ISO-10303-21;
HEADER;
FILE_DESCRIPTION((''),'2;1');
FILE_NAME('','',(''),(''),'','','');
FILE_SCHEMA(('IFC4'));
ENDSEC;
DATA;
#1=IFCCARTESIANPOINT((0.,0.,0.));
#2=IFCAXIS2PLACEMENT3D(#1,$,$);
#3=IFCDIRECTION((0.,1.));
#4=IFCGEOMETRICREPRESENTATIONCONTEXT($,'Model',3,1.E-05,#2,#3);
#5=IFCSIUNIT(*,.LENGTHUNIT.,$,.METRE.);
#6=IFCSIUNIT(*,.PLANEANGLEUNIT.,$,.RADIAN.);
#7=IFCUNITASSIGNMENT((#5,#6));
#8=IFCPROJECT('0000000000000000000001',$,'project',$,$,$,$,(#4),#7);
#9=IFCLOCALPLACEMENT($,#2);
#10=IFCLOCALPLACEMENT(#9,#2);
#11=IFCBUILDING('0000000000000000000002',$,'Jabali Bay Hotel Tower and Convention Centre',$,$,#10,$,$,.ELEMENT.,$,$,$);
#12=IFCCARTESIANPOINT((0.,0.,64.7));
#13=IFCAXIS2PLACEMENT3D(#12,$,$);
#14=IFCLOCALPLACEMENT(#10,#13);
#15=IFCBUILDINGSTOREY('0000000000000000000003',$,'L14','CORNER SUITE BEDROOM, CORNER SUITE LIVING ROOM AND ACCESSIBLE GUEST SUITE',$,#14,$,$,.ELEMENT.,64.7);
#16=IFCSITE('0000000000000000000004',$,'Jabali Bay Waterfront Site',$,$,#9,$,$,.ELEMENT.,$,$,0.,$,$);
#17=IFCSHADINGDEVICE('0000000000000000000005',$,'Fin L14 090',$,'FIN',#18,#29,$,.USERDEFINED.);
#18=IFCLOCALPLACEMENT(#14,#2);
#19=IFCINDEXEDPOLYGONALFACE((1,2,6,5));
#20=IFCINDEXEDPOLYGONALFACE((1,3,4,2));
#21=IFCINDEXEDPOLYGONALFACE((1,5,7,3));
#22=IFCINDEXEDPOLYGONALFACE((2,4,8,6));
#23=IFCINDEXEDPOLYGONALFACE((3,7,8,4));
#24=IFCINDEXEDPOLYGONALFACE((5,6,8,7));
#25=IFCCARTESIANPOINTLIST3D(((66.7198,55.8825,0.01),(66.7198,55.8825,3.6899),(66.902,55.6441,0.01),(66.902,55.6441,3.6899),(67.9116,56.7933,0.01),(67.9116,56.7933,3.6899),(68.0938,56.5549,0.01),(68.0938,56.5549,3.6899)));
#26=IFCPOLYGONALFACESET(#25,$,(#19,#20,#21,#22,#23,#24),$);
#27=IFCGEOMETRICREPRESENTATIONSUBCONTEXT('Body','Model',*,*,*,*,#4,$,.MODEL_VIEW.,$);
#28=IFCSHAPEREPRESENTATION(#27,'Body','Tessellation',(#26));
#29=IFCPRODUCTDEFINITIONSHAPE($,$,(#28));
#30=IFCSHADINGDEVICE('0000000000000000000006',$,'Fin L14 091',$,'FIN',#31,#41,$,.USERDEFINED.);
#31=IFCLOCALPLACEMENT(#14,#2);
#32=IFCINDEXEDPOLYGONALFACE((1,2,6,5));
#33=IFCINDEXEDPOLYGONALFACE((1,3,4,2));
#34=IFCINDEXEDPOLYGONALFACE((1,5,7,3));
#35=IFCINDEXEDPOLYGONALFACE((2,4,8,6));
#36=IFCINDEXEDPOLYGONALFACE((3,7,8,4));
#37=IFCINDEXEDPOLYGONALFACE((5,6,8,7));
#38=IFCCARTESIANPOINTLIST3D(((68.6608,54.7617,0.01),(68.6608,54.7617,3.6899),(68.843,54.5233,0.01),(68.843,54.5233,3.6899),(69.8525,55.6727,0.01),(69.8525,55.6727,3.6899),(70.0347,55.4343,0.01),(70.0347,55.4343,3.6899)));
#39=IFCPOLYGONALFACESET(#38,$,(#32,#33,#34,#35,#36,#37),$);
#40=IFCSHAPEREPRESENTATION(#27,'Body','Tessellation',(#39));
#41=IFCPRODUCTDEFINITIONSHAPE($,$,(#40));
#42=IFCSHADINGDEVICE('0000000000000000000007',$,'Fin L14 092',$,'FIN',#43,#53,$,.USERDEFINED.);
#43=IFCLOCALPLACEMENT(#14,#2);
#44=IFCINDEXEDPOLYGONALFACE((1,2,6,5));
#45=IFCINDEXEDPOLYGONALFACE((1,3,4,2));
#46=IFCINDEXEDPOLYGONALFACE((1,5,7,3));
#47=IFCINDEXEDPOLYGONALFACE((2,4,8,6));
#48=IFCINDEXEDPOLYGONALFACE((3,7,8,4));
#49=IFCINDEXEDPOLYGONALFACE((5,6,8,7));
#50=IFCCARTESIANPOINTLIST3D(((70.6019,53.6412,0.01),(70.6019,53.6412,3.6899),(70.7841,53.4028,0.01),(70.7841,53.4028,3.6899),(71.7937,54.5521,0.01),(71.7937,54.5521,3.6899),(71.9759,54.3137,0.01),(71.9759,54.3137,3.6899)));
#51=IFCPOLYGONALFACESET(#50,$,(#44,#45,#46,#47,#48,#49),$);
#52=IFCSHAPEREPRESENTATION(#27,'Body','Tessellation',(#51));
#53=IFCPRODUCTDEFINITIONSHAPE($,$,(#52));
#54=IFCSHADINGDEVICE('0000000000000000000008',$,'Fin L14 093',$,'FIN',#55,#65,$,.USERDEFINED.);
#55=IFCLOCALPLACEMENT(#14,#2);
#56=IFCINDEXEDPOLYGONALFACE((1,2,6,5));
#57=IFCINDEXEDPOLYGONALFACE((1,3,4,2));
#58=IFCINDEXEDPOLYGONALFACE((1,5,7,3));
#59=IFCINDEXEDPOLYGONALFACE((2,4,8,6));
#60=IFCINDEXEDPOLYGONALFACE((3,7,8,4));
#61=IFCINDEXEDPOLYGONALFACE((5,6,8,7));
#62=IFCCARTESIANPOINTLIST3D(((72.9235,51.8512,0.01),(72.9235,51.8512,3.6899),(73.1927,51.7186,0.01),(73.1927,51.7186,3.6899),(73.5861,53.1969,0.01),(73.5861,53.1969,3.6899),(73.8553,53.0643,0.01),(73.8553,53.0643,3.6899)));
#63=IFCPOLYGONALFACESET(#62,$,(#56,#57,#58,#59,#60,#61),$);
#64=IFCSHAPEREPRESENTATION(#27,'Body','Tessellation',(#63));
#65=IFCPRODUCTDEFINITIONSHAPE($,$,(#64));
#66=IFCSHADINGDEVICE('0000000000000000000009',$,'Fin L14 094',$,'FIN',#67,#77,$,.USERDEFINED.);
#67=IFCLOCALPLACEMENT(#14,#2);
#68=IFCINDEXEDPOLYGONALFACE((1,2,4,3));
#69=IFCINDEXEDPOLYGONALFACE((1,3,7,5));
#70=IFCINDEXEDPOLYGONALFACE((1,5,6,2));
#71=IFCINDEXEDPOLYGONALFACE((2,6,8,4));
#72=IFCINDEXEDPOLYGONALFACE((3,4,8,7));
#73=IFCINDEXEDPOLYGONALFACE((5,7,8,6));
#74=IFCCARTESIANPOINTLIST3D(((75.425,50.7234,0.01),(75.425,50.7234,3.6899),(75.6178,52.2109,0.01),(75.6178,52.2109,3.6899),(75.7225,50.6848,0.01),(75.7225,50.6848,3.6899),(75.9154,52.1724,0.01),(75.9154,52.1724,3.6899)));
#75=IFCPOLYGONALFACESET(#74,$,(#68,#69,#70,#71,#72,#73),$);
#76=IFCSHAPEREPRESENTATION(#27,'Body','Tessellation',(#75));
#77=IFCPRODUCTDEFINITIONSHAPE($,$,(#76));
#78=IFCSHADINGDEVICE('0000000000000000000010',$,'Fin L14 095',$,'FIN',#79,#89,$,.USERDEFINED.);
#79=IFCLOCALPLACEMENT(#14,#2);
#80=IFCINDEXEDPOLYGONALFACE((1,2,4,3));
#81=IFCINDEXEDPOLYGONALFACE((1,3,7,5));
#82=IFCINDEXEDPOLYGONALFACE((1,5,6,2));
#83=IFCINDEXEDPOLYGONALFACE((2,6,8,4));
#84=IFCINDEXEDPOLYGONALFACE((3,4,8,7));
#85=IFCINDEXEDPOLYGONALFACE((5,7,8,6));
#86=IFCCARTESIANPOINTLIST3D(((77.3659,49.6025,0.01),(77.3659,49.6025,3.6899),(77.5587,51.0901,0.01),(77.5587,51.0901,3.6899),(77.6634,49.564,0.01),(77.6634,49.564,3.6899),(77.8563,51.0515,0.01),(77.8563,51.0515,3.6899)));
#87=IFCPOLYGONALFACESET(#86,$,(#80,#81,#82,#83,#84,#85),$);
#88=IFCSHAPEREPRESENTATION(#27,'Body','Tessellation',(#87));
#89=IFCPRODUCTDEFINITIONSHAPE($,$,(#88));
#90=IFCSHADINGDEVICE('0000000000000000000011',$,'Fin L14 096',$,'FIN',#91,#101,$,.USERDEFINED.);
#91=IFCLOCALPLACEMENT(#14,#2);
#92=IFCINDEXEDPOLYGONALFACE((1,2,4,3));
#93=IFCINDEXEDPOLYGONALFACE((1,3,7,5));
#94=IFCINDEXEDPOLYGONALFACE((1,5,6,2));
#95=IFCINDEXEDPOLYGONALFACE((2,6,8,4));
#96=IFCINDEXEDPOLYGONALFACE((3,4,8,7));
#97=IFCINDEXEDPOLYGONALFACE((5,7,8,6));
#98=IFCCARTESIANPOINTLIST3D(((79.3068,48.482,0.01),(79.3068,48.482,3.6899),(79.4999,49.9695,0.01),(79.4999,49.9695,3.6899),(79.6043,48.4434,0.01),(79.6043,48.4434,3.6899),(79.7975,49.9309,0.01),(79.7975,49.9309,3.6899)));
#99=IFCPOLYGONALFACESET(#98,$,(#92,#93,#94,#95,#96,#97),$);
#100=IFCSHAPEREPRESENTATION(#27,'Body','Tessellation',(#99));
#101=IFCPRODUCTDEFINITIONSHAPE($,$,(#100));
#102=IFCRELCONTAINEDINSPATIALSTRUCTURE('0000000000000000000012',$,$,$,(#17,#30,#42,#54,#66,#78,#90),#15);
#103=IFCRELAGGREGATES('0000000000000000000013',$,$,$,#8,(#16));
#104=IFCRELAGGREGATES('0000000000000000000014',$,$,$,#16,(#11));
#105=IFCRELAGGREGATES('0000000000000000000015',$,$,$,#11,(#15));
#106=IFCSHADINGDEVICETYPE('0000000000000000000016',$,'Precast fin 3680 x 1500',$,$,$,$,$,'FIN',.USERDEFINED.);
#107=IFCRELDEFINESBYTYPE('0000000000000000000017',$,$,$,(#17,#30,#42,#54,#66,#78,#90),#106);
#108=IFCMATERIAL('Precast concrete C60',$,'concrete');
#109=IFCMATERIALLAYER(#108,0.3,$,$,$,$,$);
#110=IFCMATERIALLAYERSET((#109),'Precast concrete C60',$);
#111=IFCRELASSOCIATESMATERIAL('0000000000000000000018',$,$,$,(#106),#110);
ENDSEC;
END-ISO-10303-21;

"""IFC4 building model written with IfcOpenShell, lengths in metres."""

from ifc_helpers import new_model, si_unit, direction, frame, frame_2d, origin, place, context, subcontext, project, spatial, rectangle, extrude, material, layer, layer_set, type_object, element, save


model = new_model("IFC4")

# Units and contexts
model_context = context("Model", 3, precision=1e-05, world=origin(), true_north=direction((0.0, 1.0)))
body_context = subcontext(model_context, "Body", "Model", "MODEL_VIEW")
ifc_project = project(units=[si_unit("LENGTHUNIT", "METRE"), si_unit("PLANEANGLEUNIT", "RADIAN")], contexts=[model_context])

# Site, building, storey
site_placement = place(None, origin())
site = spatial("IfcSite", under=ifc_project, at=site_placement, Name="Jabali Bay Waterfront Site", CompositionType="ELEMENT", RefElevation=0.0)
building_placement = place(site_placement, origin())
building = spatial("IfcBuilding", under=site, at=building_placement, Name="Jabali Bay Hotel Tower and Convention Centre", CompositionType="ELEMENT")
storey_placement = place(building_placement, frame((0.0, 0.0, 64.7)))
storey = spatial("IfcBuildingStorey", under=building, at=storey_placement, Name="L14", Description="CORNER SUITE BEDROOM, CORNER SUITE LIVING ROOM AND ACCESSIBLE GUEST SUITE", CompositionType="ELEMENT", Elevation=64.7)

# Shading devices
ifc_material_1 = material(Name="Precast concrete C60", Category="concrete")
ifc_layer_1 = layer(ifc_material_1, 0.3)
ifc_layer_set_1 = layer_set([ifc_layer_1], Name="Precast concrete C60")
shading_device_type = type_object("IfcShadingDeviceType", Name="Precast fin 3680 x 1500", ElementType="FIN", PredefinedType="USERDEFINED", material=ifc_layer_set_1)
for number, where, z_axis, x_axis, name in (
    (1, (68.0027, 56.6741, 0.01), (0.0, 0.0, 1.0), (-0.794538, -0.607214, 0.0), "Fin L14 090"),
    (2, (69.9436, 55.5535, 0.01), (0.0, 0.0, 1.0), (-0.794478, -0.607293, 0.0), "Fin L14 091"),
    (3, (71.8848, 54.4329, 0.01), (0.0, 0.0, 1.0), (-0.794538, -0.607214, 0.0), "Fin L14 092"),
    (4, (73.7207, 53.1306, 0.01), (0.0, 0.0, 1.0), (-0.441736, -0.897145, 0.0), "Fin L14 093"),
    (5, (75.7666, 52.1917, 0.01), (0.0, 0.0, 1.0), (-0.128581, -0.991699, 0.0), "Fin L14 094"),
    (6, (77.7075, 51.0708, 0.01), (0.0, 0.0, 1.0), (-0.128581, -0.991699, 0.0), "Fin L14 095"),
    (7, (79.6487, 49.9502, 0.01), (0.0, 0.0, 1.0), (-0.128741, -0.991678, 0.0), "Fin L14 096"),
):
    element("IfcShadingDevice", number, at=place(storey_placement, frame(where, z_axis=z_axis, x_axis=x_axis)), inside=storey, type_object=shading_device_type, Name=name, ObjectType="FIN", PredefinedType="USERDEFINED", context=body_context, shape_type="SweptSolid", body=[
        extrude(rectangle(XDim=1.5, YDim=0.3, at=frame_2d((0.75, 0.0))), origin(), (0.0, 0.0, 1.0), 3.6799),
    ])

save(model, "model.ifc")
